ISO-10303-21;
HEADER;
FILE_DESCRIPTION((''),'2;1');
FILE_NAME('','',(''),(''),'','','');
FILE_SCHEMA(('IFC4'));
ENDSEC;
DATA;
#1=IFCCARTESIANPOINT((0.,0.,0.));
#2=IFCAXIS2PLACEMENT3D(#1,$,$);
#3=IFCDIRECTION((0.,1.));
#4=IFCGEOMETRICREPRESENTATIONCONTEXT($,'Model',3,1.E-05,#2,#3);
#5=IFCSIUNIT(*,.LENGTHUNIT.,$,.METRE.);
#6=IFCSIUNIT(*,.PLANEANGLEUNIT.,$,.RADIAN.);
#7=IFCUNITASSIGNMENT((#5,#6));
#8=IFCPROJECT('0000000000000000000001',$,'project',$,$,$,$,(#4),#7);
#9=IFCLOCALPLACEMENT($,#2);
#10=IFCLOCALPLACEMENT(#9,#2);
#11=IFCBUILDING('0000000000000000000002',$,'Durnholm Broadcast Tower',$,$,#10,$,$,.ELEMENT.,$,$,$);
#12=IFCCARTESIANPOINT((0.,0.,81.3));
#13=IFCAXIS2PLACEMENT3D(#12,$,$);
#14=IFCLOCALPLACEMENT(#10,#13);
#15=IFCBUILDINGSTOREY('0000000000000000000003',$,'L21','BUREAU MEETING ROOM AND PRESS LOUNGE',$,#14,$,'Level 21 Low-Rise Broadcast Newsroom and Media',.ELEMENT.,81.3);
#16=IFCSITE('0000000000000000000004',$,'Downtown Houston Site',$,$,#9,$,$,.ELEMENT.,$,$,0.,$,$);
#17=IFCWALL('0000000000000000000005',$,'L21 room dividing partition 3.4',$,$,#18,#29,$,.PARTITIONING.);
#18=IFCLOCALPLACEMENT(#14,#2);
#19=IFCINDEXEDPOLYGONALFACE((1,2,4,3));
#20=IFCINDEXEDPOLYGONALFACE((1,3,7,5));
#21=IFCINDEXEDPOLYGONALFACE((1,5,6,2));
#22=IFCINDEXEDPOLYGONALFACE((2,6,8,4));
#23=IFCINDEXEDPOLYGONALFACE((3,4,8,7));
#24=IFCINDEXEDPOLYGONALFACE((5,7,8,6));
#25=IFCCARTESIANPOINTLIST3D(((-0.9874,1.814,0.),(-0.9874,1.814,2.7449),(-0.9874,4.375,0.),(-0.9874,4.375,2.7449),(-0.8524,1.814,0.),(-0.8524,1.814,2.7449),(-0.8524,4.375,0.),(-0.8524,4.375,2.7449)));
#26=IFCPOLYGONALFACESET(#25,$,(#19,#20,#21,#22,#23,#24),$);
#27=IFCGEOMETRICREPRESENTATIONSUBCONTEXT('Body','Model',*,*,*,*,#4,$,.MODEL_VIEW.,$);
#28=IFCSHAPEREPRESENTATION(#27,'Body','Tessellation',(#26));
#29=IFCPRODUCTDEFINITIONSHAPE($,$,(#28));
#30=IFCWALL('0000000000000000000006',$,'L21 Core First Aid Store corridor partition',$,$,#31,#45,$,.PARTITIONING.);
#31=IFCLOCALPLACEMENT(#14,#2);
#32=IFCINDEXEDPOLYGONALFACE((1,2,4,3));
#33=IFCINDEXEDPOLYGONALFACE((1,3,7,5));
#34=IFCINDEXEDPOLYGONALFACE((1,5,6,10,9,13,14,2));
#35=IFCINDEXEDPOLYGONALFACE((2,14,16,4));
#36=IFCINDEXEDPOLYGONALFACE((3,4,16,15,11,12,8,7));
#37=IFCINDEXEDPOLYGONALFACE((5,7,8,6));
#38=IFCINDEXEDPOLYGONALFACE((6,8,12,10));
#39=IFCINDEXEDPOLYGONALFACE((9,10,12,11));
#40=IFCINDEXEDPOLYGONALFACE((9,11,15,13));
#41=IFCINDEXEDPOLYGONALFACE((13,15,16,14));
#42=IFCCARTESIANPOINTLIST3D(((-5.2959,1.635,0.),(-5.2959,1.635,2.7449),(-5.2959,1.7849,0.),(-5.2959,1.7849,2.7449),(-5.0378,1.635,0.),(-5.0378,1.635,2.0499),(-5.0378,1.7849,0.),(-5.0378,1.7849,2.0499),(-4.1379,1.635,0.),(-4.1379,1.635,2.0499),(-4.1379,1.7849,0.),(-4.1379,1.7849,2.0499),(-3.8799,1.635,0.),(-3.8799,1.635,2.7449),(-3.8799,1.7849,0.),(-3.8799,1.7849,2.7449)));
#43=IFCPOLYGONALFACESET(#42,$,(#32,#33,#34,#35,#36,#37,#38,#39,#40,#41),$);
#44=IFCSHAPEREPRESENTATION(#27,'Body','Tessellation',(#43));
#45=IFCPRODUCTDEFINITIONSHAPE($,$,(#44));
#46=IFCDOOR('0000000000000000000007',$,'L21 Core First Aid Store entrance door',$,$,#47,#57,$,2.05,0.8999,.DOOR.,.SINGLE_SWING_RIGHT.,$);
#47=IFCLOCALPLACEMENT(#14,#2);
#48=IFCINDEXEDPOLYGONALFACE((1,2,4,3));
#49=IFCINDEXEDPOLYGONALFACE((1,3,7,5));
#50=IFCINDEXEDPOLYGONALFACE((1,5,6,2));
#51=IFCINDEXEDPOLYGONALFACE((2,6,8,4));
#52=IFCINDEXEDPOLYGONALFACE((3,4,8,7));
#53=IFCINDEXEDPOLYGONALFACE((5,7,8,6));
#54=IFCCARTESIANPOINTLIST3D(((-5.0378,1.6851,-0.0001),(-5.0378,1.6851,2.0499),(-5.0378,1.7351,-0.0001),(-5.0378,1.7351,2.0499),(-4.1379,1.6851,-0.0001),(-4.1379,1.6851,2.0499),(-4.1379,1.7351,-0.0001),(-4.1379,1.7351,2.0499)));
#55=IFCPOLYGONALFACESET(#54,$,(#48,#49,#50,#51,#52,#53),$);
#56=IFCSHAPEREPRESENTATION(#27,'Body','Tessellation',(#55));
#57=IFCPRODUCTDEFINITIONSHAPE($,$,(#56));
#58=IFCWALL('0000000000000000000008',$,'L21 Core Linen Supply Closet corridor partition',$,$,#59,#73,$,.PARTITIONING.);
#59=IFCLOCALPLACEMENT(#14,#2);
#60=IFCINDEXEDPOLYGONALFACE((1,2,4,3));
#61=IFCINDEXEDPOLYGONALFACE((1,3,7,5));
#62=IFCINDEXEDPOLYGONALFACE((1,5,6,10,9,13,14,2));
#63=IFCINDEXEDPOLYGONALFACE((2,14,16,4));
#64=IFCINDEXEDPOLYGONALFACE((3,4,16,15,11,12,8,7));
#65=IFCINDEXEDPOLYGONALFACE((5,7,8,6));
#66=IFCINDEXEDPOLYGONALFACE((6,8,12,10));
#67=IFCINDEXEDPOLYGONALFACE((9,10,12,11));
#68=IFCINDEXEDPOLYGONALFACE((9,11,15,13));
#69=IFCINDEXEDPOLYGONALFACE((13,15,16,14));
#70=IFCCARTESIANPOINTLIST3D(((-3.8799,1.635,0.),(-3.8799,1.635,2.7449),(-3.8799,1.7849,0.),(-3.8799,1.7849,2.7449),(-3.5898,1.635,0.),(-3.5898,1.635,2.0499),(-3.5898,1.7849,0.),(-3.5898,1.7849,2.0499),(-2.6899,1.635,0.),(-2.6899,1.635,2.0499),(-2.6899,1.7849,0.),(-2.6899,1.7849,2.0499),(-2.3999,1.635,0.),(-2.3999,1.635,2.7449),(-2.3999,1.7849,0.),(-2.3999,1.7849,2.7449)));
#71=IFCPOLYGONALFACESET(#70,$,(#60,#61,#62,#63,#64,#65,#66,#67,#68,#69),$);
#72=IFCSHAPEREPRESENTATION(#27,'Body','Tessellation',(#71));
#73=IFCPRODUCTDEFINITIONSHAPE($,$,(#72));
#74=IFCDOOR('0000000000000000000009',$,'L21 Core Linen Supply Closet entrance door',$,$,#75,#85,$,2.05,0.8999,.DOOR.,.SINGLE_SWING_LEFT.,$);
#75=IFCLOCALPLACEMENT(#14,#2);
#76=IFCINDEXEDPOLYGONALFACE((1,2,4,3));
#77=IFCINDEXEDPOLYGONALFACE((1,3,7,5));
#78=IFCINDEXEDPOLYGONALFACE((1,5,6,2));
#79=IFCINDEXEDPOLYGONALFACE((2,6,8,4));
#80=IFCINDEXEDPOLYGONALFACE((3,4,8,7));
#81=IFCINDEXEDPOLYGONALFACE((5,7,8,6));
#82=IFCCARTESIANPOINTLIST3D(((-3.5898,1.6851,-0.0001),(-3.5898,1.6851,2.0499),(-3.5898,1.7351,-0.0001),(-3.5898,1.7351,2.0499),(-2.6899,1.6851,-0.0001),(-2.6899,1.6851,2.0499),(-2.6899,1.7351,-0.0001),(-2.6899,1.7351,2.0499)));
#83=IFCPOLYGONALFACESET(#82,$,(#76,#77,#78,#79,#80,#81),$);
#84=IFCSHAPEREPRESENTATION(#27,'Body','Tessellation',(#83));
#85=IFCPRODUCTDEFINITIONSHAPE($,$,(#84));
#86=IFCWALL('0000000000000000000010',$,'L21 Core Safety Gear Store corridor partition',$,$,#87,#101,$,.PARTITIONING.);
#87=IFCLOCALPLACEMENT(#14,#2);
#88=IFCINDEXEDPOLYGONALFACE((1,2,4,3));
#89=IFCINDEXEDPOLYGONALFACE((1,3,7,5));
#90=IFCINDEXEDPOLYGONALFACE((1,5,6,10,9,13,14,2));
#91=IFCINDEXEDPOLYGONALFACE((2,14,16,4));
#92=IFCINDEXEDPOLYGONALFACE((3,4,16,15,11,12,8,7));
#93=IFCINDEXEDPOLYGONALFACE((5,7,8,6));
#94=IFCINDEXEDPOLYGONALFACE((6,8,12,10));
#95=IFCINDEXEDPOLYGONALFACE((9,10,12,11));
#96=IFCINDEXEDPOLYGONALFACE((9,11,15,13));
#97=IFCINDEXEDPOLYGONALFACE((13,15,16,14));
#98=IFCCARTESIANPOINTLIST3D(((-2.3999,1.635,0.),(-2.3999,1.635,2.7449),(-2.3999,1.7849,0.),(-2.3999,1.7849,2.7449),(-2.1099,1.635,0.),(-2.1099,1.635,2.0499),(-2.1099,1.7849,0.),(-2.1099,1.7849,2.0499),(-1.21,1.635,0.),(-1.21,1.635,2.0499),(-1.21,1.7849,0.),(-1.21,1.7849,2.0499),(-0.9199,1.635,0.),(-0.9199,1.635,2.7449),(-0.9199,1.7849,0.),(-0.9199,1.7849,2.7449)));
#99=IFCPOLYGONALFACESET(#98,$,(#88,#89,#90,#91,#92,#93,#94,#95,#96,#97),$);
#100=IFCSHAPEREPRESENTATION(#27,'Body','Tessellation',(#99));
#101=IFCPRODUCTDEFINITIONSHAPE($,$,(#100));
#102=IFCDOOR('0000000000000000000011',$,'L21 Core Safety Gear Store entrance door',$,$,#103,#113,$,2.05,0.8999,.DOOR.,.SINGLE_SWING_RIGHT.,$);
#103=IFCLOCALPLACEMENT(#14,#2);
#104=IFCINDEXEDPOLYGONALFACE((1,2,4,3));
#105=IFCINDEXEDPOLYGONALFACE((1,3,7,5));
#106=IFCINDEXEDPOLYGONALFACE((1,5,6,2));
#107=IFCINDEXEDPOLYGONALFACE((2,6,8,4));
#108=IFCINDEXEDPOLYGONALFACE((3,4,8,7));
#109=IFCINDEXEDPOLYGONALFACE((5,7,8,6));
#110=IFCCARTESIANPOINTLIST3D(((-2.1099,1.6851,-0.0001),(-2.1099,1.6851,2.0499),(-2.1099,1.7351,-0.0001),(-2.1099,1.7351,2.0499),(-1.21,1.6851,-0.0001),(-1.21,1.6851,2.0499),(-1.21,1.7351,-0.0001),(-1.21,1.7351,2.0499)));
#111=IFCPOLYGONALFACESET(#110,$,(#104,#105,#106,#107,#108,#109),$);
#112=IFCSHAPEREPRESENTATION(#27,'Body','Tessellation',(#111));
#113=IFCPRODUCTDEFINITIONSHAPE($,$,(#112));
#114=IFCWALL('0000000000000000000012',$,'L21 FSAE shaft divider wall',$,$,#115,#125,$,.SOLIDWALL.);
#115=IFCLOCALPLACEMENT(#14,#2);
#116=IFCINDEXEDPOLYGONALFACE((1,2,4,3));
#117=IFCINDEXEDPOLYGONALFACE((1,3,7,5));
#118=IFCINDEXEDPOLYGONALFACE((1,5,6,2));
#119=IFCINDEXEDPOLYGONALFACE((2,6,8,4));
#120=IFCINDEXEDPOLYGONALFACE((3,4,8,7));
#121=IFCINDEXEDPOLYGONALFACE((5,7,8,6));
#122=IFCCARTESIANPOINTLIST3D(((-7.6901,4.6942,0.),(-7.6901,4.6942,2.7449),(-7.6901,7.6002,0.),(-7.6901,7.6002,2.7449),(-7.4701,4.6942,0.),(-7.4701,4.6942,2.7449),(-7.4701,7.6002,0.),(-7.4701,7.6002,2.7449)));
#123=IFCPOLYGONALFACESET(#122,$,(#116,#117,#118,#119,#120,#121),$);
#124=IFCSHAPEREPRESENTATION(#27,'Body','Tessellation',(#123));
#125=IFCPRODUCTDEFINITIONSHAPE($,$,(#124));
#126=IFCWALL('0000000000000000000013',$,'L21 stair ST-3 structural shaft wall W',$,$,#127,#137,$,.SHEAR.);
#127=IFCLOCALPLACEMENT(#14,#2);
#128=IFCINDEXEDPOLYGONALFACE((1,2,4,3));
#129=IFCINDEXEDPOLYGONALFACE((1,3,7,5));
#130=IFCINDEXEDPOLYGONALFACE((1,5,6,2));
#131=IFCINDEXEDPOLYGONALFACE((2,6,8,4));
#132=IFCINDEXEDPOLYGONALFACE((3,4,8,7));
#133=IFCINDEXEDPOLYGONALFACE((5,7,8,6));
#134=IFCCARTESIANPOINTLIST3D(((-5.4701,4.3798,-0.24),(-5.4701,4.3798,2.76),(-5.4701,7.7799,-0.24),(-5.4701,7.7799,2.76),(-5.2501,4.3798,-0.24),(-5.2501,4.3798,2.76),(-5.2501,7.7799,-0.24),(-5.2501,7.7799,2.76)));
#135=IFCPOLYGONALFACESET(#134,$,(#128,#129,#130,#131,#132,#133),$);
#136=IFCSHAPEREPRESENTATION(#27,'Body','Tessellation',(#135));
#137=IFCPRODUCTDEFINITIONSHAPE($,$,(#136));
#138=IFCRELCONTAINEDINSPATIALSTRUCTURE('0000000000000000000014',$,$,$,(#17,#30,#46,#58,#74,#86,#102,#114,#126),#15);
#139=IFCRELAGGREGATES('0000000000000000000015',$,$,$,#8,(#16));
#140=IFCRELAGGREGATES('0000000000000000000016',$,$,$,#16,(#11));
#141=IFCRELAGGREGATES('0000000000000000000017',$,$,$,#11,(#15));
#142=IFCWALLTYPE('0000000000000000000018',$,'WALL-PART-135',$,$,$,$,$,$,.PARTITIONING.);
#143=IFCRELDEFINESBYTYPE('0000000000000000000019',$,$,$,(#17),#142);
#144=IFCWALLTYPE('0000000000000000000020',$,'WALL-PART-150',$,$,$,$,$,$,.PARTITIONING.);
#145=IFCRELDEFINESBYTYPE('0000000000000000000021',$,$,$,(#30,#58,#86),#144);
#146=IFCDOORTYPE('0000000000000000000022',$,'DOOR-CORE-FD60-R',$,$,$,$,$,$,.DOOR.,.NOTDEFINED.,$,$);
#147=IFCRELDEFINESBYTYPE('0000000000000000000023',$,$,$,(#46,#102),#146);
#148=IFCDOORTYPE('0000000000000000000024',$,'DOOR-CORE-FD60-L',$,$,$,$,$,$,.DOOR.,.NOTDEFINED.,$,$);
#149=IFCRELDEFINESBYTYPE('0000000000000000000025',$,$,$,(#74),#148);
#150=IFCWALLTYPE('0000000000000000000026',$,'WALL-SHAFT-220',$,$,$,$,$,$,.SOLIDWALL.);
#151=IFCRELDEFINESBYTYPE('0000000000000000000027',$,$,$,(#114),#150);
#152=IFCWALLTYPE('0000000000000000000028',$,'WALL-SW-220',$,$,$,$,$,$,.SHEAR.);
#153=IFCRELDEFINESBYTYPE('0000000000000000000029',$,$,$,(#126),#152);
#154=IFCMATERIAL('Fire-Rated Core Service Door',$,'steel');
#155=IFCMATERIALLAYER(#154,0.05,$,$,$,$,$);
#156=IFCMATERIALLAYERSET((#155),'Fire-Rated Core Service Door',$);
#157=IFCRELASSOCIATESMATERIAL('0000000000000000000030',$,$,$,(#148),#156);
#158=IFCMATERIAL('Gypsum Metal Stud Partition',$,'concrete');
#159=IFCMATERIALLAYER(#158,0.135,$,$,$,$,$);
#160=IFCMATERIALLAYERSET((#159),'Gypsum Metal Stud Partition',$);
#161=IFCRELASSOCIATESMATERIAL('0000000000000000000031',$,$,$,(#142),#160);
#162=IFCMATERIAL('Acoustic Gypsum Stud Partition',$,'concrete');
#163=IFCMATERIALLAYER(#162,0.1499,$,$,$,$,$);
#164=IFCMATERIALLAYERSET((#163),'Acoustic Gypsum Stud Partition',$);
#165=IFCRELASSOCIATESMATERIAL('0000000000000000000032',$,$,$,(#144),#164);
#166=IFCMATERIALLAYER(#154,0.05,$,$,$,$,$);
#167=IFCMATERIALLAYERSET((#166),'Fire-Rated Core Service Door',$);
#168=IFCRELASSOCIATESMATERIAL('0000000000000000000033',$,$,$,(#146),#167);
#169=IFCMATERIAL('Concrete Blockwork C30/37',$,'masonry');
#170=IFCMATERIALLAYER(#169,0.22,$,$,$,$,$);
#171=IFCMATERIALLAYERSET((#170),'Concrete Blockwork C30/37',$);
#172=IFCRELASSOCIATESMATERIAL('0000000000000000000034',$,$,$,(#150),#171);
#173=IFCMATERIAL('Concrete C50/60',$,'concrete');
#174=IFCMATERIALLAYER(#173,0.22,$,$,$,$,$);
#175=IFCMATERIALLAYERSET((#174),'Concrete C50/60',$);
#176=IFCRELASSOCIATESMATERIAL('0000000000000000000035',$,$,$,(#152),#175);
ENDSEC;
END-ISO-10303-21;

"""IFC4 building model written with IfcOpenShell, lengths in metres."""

from ifc_helpers import new_model, si_unit, direction, frame, frame_2d, origin, place, context, subcontext, project, spatial, rectangle, extrude, source, transform, mapped, material, layer, layer_set, type_object, type_shapes, element, fill, save


model = new_model("IFC4")

# Units and contexts
model_context = context("Model", 3, precision=1e-05, world=origin(), true_north=direction((0.0, 1.0)))
body_context = subcontext(model_context, "Body", "Model", "MODEL_VIEW")
ifc_project = project(units=[si_unit("LENGTHUNIT", "METRE"), si_unit("PLANEANGLEUNIT", "RADIAN")], contexts=[model_context])

# Site, building, storey
site_placement = place(None, origin())
site = spatial("IfcSite", under=ifc_project, at=site_placement, Name="Downtown Houston Site", CompositionType="ELEMENT", RefElevation=0.0)
building_placement = place(site_placement, origin())
building = spatial("IfcBuilding", under=site, at=building_placement, Name="Durnholm Broadcast Tower", CompositionType="ELEMENT")
storey_placement = place(building_placement, frame((0.0, 0.0, 81.3)))
storey = spatial("IfcBuildingStorey", under=building, at=storey_placement, Name="L21", Description="BUREAU MEETING ROOM AND PRESS LOUNGE", LongName="Level 21 Low-Rise Broadcast Newsroom and Media", CompositionType="ELEMENT", Elevation=81.3)

# Shared definitions
ifc_material_1 = material(Name="Fire-Rated Core Service Door", Category="steel")
ifc_layer_1 = layer(ifc_material_1, 0.05)
ifc_layer_set_1 = layer_set([ifc_layer_1], Name="Fire-Rated Core Service Door")
door_type_1 = type_object("IfcDoorType", Name="DOOR-CORE-FD60-L", OperationType="NOTDEFINED", PredefinedType="DOOR", material=ifc_layer_set_1)
shared_shape_1 = source(origin(), body_context, "Body", "SweptSolid", [
    extrude(rectangle(XDim=0.8999, YDim=2.05, at=frame_2d((0.45, 1.0249))), frame((0.0, 0.0249, 0.0), z_axis=(0.0, -1.0, 0.0), x_axis=(1.0, 0.0, 0.0)), (0.0, 0.0, 1.0), 0.05),
])
type_shapes(door_type_1, [shared_shape_1])

# Wall
ifc_material_2 = material(Name="Gypsum Metal Stud Partition", Category="concrete")
ifc_layer_2 = layer(ifc_material_2, 0.135)
ifc_layer_set_2 = layer_set([ifc_layer_2], Name="Gypsum Metal Stud Partition")
wall_type_1 = type_object("IfcWallType", Name="WALL-PART-135", PredefinedType="PARTITIONING", material=ifc_layer_set_2)
wall_1_placement = place(storey_placement, frame((-0.9199, 4.375, 0.0), z_axis=(0.0, 0.0, 1.0), x_axis=(0.0, -1.0, 0.0)))
element("IfcWall", 1, at=wall_1_placement, inside=storey, type_object=wall_type_1, Name="L21 room dividing partition 3.4", PredefinedType="PARTITIONING", context=body_context, shape_type="SweptSolid", body=[
    extrude(rectangle(XDim=2.561, YDim=0.135, at=frame_2d((1.2805, 0.0))), origin(), (0.0, 0.0, 1.0), 2.7449),
])

# Walls, openings, doors
ifc_material_3 = material(Name="Acoustic Gypsum Stud Partition", Category="concrete")
ifc_layer_3 = layer(ifc_material_3, 0.1499)
ifc_layer_set_3 = layer_set([ifc_layer_3], Name="Acoustic Gypsum Stud Partition")
wall_type_2 = type_object("IfcWallType", Name="WALL-PART-150", PredefinedType="PARTITIONING", material=ifc_layer_set_3)
wall_2_placement = place(storey_placement, frame((-3.8799, 1.71, 0.0), z_axis=(0.0, 0.0, 1.0), x_axis=(-1.0, 0.0, 0.0)))
wall_2 = element("IfcWall", 2, at=wall_2_placement, inside=storey, type_object=wall_type_2, Name="L21 Core First Aid Store corridor partition", PredefinedType="PARTITIONING", context=body_context, shape_type="SweptSolid", body=[
    extrude(rectangle(XDim=1.416, YDim=0.1499, at=frame_2d((0.708, 0.0))), origin(), (0.0, 0.0, 1.0), 2.7449),
])
opening_1_placement = place(wall_2_placement, frame((0.2581, 0.0, 0.0)))
opening_1 = element("IfcOpeningElement", 3, at=opening_1_placement, cuts=wall_2, PredefinedType="OPENING", context=body_context, shape_type="SweptSolid", body=[
    extrude(rectangle(XDim=0.8999, YDim=2.05, at=frame_2d((0.45, 1.0249))), frame((0.0, 0.085, 0.0), z_axis=(0.0, -1.0, 0.0), x_axis=(1.0, 0.0, 0.0)), (0.0, 0.0, 1.0), 0.1699),
])
ifc_layer_4 = layer(ifc_material_1, 0.05)
ifc_layer_set_4 = layer_set([ifc_layer_4], Name="Fire-Rated Core Service Door")
door_type_2 = type_object("IfcDoorType", Name="DOOR-CORE-FD60-R", OperationType="NOTDEFINED", PredefinedType="DOOR", material=ifc_layer_set_4)
shared_shape_2 = source(origin(), body_context, "Body", "SweptSolid", [
    extrude(rectangle(XDim=0.8999, YDim=2.05, at=frame_2d((0.45, 1.0249))), frame((0.0, 0.0249, 0.0), z_axis=(0.0, -1.0, 0.0), x_axis=(1.0, 0.0, 0.0)), (0.0, 0.0, 1.0), 0.05),
])
type_shapes(door_type_2, [shared_shape_2])
door_1_placement = place(opening_1_placement, origin())
door_1 = element("IfcDoor", 4, at=door_1_placement, inside=storey, type_object=door_type_2, Name="L21 Core First Aid Store entrance door", OperationType="SINGLE_SWING_RIGHT", OverallHeight=2.05, OverallWidth=0.8999, PredefinedType="DOOR", context=body_context, shape_type="MappedRepresentation", body=[
    mapped(shared_shape_2, transform((0.0, 0.0, 0.0), x_axis=(1.0, 0.0, 0.0), y_axis=(0.0, 1.0, 0.0), z_axis=(0.0, 0.0, 1.0), scale=1.0)),
])
fill(opening_1, door_1)
wall_3_placement = place(storey_placement, frame((-2.3999, 1.71, 0.0), z_axis=(0.0, 0.0, 1.0), x_axis=(-1.0, 0.0, 0.0)))
wall_3 = element("IfcWall", 5, at=wall_3_placement, inside=storey, type_object=wall_type_2, Name="L21 Core Linen Supply Closet corridor partition", PredefinedType="PARTITIONING", context=body_context, shape_type="SweptSolid", body=[
    extrude(rectangle(XDim=1.48, YDim=0.1499, at=frame_2d((0.74, 0.0))), origin(), (0.0, 0.0, 1.0), 2.7449),
])
opening_2_placement = place(wall_3_placement, frame((0.29, 0.0, 0.0)))
opening_2 = element("IfcOpeningElement", 6, at=opening_2_placement, cuts=wall_3, PredefinedType="OPENING", context=body_context, shape_type="SweptSolid", body=[
    extrude(rectangle(XDim=0.8999, YDim=2.05, at=frame_2d((0.45, 1.0249))), frame((0.0, 0.085, 0.0), z_axis=(0.0, -1.0, 0.0), x_axis=(1.0, 0.0, 0.0)), (0.0, 0.0, 1.0), 0.1699),
])
door_2_placement = place(opening_2_placement, origin())
door_2 = element("IfcDoor", 7, at=door_2_placement, inside=storey, type_object=door_type_1, Name="L21 Core Linen Supply Closet entrance door", OperationType="SINGLE_SWING_LEFT", OverallHeight=2.05, OverallWidth=0.8999, PredefinedType="DOOR", context=body_context, shape_type="MappedRepresentation", body=[
    mapped(shared_shape_1, transform((0.0, 0.0, 0.0), x_axis=(1.0, 0.0, 0.0), y_axis=(0.0, 1.0, 0.0), z_axis=(0.0, 0.0, 1.0), scale=1.0)),
])
fill(opening_2, door_2)
wall_4_placement = place(storey_placement, frame((-0.9199, 1.71, 0.0), z_axis=(0.0, 0.0, 1.0), x_axis=(-1.0, 0.0, 0.0)))
wall_4 = element("IfcWall", 8, at=wall_4_placement, inside=storey, type_object=wall_type_2, Name="L21 Core Safety Gear Store corridor partition", PredefinedType="PARTITIONING", context=body_context, shape_type="SweptSolid", body=[
    extrude(rectangle(XDim=1.48, YDim=0.1499, at=frame_2d((0.74, 0.0))), origin(), (0.0, 0.0, 1.0), 2.7449),
])
opening_3_placement = place(wall_4_placement, frame((0.29, 0.0, 0.0)))
opening_3 = element("IfcOpeningElement", 9, at=opening_3_placement, cuts=wall_4, PredefinedType="OPENING", context=body_context, shape_type="SweptSolid", body=[
    extrude(rectangle(XDim=0.8999, YDim=2.05, at=frame_2d((0.45, 1.0249))), frame((0.0, 0.085, 0.0), z_axis=(0.0, -1.0, 0.0), x_axis=(1.0, 0.0, 0.0)), (0.0, 0.0, 1.0), 0.1699),
])
door_3_placement = place(opening_3_placement, origin())
door_3 = element("IfcDoor", 10, at=door_3_placement, inside=storey, type_object=door_type_2, Name="L21 Core Safety Gear Store entrance door", OperationType="SINGLE_SWING_RIGHT", OverallHeight=2.05, OverallWidth=0.8999, PredefinedType="DOOR", context=body_context, shape_type="MappedRepresentation", body=[
    mapped(shared_shape_2, transform((0.0, 0.0, 0.0), x_axis=(1.0, 0.0, 0.0), y_axis=(0.0, 1.0, 0.0), z_axis=(0.0, 0.0, 1.0), scale=1.0)),
])
fill(opening_3, door_3)

# Shared definitions
ifc_material_4 = material(Name="Concrete Blockwork C30/37", Category="masonry")
ifc_layer_5 = layer(ifc_material_4, 0.22)
ifc_layer_set_5 = layer_set([ifc_layer_5], Name="Concrete Blockwork C30/37")
wall_type_3 = type_object("IfcWallType", Name="WALL-SHAFT-220", PredefinedType="SOLIDWALL", material=ifc_layer_set_5)

# Walls
wall_5_placement = place(storey_placement, frame((-7.5801, 4.6941, 0.0), z_axis=(0.0, 0.0, 1.0), x_axis=(0.0, 1.0, 0.0)))
element("IfcWall", 11, at=wall_5_placement, inside=storey, type_object=wall_type_3, Name="L21 FSAE shaft divider wall", PredefinedType="SOLIDWALL", context=body_context, shape_type="SweptSolid", body=[
    extrude(rectangle(XDim=2.906, YDim=0.22, at=frame_2d((1.4531, 0.0))), origin(), (0.0, 0.0, 1.0), 2.7449),
])
ifc_material_5 = material(Name="Concrete C50/60", Category="concrete")
ifc_layer_6 = layer(ifc_material_5, 0.22)
ifc_layer_set_6 = layer_set([ifc_layer_6], Name="Concrete C50/60")
wall_type_4 = type_object("IfcWallType", Name="WALL-SW-220", PredefinedType="SHEAR", material=ifc_layer_set_6)
wall_6_placement = place(storey_placement, frame((-5.3601, 7.78, -0.24), z_axis=(0.0, 0.0, 1.0), x_axis=(0.0, -1.0, 0.0)))
element("IfcWall", 12, at=wall_6_placement, inside=storey, type_object=wall_type_4, Name="L21 stair ST-3 structural shaft wall W", PredefinedType="SHEAR", context=body_context, shape_type="SweptSolid", body=[
    extrude(rectangle(XDim=3.4001, YDim=0.22, at=frame_2d((1.7002, 0.0))), origin(), (0.0, 0.0, 1.0), 3.0),
])

save(model, "model.ifc")
